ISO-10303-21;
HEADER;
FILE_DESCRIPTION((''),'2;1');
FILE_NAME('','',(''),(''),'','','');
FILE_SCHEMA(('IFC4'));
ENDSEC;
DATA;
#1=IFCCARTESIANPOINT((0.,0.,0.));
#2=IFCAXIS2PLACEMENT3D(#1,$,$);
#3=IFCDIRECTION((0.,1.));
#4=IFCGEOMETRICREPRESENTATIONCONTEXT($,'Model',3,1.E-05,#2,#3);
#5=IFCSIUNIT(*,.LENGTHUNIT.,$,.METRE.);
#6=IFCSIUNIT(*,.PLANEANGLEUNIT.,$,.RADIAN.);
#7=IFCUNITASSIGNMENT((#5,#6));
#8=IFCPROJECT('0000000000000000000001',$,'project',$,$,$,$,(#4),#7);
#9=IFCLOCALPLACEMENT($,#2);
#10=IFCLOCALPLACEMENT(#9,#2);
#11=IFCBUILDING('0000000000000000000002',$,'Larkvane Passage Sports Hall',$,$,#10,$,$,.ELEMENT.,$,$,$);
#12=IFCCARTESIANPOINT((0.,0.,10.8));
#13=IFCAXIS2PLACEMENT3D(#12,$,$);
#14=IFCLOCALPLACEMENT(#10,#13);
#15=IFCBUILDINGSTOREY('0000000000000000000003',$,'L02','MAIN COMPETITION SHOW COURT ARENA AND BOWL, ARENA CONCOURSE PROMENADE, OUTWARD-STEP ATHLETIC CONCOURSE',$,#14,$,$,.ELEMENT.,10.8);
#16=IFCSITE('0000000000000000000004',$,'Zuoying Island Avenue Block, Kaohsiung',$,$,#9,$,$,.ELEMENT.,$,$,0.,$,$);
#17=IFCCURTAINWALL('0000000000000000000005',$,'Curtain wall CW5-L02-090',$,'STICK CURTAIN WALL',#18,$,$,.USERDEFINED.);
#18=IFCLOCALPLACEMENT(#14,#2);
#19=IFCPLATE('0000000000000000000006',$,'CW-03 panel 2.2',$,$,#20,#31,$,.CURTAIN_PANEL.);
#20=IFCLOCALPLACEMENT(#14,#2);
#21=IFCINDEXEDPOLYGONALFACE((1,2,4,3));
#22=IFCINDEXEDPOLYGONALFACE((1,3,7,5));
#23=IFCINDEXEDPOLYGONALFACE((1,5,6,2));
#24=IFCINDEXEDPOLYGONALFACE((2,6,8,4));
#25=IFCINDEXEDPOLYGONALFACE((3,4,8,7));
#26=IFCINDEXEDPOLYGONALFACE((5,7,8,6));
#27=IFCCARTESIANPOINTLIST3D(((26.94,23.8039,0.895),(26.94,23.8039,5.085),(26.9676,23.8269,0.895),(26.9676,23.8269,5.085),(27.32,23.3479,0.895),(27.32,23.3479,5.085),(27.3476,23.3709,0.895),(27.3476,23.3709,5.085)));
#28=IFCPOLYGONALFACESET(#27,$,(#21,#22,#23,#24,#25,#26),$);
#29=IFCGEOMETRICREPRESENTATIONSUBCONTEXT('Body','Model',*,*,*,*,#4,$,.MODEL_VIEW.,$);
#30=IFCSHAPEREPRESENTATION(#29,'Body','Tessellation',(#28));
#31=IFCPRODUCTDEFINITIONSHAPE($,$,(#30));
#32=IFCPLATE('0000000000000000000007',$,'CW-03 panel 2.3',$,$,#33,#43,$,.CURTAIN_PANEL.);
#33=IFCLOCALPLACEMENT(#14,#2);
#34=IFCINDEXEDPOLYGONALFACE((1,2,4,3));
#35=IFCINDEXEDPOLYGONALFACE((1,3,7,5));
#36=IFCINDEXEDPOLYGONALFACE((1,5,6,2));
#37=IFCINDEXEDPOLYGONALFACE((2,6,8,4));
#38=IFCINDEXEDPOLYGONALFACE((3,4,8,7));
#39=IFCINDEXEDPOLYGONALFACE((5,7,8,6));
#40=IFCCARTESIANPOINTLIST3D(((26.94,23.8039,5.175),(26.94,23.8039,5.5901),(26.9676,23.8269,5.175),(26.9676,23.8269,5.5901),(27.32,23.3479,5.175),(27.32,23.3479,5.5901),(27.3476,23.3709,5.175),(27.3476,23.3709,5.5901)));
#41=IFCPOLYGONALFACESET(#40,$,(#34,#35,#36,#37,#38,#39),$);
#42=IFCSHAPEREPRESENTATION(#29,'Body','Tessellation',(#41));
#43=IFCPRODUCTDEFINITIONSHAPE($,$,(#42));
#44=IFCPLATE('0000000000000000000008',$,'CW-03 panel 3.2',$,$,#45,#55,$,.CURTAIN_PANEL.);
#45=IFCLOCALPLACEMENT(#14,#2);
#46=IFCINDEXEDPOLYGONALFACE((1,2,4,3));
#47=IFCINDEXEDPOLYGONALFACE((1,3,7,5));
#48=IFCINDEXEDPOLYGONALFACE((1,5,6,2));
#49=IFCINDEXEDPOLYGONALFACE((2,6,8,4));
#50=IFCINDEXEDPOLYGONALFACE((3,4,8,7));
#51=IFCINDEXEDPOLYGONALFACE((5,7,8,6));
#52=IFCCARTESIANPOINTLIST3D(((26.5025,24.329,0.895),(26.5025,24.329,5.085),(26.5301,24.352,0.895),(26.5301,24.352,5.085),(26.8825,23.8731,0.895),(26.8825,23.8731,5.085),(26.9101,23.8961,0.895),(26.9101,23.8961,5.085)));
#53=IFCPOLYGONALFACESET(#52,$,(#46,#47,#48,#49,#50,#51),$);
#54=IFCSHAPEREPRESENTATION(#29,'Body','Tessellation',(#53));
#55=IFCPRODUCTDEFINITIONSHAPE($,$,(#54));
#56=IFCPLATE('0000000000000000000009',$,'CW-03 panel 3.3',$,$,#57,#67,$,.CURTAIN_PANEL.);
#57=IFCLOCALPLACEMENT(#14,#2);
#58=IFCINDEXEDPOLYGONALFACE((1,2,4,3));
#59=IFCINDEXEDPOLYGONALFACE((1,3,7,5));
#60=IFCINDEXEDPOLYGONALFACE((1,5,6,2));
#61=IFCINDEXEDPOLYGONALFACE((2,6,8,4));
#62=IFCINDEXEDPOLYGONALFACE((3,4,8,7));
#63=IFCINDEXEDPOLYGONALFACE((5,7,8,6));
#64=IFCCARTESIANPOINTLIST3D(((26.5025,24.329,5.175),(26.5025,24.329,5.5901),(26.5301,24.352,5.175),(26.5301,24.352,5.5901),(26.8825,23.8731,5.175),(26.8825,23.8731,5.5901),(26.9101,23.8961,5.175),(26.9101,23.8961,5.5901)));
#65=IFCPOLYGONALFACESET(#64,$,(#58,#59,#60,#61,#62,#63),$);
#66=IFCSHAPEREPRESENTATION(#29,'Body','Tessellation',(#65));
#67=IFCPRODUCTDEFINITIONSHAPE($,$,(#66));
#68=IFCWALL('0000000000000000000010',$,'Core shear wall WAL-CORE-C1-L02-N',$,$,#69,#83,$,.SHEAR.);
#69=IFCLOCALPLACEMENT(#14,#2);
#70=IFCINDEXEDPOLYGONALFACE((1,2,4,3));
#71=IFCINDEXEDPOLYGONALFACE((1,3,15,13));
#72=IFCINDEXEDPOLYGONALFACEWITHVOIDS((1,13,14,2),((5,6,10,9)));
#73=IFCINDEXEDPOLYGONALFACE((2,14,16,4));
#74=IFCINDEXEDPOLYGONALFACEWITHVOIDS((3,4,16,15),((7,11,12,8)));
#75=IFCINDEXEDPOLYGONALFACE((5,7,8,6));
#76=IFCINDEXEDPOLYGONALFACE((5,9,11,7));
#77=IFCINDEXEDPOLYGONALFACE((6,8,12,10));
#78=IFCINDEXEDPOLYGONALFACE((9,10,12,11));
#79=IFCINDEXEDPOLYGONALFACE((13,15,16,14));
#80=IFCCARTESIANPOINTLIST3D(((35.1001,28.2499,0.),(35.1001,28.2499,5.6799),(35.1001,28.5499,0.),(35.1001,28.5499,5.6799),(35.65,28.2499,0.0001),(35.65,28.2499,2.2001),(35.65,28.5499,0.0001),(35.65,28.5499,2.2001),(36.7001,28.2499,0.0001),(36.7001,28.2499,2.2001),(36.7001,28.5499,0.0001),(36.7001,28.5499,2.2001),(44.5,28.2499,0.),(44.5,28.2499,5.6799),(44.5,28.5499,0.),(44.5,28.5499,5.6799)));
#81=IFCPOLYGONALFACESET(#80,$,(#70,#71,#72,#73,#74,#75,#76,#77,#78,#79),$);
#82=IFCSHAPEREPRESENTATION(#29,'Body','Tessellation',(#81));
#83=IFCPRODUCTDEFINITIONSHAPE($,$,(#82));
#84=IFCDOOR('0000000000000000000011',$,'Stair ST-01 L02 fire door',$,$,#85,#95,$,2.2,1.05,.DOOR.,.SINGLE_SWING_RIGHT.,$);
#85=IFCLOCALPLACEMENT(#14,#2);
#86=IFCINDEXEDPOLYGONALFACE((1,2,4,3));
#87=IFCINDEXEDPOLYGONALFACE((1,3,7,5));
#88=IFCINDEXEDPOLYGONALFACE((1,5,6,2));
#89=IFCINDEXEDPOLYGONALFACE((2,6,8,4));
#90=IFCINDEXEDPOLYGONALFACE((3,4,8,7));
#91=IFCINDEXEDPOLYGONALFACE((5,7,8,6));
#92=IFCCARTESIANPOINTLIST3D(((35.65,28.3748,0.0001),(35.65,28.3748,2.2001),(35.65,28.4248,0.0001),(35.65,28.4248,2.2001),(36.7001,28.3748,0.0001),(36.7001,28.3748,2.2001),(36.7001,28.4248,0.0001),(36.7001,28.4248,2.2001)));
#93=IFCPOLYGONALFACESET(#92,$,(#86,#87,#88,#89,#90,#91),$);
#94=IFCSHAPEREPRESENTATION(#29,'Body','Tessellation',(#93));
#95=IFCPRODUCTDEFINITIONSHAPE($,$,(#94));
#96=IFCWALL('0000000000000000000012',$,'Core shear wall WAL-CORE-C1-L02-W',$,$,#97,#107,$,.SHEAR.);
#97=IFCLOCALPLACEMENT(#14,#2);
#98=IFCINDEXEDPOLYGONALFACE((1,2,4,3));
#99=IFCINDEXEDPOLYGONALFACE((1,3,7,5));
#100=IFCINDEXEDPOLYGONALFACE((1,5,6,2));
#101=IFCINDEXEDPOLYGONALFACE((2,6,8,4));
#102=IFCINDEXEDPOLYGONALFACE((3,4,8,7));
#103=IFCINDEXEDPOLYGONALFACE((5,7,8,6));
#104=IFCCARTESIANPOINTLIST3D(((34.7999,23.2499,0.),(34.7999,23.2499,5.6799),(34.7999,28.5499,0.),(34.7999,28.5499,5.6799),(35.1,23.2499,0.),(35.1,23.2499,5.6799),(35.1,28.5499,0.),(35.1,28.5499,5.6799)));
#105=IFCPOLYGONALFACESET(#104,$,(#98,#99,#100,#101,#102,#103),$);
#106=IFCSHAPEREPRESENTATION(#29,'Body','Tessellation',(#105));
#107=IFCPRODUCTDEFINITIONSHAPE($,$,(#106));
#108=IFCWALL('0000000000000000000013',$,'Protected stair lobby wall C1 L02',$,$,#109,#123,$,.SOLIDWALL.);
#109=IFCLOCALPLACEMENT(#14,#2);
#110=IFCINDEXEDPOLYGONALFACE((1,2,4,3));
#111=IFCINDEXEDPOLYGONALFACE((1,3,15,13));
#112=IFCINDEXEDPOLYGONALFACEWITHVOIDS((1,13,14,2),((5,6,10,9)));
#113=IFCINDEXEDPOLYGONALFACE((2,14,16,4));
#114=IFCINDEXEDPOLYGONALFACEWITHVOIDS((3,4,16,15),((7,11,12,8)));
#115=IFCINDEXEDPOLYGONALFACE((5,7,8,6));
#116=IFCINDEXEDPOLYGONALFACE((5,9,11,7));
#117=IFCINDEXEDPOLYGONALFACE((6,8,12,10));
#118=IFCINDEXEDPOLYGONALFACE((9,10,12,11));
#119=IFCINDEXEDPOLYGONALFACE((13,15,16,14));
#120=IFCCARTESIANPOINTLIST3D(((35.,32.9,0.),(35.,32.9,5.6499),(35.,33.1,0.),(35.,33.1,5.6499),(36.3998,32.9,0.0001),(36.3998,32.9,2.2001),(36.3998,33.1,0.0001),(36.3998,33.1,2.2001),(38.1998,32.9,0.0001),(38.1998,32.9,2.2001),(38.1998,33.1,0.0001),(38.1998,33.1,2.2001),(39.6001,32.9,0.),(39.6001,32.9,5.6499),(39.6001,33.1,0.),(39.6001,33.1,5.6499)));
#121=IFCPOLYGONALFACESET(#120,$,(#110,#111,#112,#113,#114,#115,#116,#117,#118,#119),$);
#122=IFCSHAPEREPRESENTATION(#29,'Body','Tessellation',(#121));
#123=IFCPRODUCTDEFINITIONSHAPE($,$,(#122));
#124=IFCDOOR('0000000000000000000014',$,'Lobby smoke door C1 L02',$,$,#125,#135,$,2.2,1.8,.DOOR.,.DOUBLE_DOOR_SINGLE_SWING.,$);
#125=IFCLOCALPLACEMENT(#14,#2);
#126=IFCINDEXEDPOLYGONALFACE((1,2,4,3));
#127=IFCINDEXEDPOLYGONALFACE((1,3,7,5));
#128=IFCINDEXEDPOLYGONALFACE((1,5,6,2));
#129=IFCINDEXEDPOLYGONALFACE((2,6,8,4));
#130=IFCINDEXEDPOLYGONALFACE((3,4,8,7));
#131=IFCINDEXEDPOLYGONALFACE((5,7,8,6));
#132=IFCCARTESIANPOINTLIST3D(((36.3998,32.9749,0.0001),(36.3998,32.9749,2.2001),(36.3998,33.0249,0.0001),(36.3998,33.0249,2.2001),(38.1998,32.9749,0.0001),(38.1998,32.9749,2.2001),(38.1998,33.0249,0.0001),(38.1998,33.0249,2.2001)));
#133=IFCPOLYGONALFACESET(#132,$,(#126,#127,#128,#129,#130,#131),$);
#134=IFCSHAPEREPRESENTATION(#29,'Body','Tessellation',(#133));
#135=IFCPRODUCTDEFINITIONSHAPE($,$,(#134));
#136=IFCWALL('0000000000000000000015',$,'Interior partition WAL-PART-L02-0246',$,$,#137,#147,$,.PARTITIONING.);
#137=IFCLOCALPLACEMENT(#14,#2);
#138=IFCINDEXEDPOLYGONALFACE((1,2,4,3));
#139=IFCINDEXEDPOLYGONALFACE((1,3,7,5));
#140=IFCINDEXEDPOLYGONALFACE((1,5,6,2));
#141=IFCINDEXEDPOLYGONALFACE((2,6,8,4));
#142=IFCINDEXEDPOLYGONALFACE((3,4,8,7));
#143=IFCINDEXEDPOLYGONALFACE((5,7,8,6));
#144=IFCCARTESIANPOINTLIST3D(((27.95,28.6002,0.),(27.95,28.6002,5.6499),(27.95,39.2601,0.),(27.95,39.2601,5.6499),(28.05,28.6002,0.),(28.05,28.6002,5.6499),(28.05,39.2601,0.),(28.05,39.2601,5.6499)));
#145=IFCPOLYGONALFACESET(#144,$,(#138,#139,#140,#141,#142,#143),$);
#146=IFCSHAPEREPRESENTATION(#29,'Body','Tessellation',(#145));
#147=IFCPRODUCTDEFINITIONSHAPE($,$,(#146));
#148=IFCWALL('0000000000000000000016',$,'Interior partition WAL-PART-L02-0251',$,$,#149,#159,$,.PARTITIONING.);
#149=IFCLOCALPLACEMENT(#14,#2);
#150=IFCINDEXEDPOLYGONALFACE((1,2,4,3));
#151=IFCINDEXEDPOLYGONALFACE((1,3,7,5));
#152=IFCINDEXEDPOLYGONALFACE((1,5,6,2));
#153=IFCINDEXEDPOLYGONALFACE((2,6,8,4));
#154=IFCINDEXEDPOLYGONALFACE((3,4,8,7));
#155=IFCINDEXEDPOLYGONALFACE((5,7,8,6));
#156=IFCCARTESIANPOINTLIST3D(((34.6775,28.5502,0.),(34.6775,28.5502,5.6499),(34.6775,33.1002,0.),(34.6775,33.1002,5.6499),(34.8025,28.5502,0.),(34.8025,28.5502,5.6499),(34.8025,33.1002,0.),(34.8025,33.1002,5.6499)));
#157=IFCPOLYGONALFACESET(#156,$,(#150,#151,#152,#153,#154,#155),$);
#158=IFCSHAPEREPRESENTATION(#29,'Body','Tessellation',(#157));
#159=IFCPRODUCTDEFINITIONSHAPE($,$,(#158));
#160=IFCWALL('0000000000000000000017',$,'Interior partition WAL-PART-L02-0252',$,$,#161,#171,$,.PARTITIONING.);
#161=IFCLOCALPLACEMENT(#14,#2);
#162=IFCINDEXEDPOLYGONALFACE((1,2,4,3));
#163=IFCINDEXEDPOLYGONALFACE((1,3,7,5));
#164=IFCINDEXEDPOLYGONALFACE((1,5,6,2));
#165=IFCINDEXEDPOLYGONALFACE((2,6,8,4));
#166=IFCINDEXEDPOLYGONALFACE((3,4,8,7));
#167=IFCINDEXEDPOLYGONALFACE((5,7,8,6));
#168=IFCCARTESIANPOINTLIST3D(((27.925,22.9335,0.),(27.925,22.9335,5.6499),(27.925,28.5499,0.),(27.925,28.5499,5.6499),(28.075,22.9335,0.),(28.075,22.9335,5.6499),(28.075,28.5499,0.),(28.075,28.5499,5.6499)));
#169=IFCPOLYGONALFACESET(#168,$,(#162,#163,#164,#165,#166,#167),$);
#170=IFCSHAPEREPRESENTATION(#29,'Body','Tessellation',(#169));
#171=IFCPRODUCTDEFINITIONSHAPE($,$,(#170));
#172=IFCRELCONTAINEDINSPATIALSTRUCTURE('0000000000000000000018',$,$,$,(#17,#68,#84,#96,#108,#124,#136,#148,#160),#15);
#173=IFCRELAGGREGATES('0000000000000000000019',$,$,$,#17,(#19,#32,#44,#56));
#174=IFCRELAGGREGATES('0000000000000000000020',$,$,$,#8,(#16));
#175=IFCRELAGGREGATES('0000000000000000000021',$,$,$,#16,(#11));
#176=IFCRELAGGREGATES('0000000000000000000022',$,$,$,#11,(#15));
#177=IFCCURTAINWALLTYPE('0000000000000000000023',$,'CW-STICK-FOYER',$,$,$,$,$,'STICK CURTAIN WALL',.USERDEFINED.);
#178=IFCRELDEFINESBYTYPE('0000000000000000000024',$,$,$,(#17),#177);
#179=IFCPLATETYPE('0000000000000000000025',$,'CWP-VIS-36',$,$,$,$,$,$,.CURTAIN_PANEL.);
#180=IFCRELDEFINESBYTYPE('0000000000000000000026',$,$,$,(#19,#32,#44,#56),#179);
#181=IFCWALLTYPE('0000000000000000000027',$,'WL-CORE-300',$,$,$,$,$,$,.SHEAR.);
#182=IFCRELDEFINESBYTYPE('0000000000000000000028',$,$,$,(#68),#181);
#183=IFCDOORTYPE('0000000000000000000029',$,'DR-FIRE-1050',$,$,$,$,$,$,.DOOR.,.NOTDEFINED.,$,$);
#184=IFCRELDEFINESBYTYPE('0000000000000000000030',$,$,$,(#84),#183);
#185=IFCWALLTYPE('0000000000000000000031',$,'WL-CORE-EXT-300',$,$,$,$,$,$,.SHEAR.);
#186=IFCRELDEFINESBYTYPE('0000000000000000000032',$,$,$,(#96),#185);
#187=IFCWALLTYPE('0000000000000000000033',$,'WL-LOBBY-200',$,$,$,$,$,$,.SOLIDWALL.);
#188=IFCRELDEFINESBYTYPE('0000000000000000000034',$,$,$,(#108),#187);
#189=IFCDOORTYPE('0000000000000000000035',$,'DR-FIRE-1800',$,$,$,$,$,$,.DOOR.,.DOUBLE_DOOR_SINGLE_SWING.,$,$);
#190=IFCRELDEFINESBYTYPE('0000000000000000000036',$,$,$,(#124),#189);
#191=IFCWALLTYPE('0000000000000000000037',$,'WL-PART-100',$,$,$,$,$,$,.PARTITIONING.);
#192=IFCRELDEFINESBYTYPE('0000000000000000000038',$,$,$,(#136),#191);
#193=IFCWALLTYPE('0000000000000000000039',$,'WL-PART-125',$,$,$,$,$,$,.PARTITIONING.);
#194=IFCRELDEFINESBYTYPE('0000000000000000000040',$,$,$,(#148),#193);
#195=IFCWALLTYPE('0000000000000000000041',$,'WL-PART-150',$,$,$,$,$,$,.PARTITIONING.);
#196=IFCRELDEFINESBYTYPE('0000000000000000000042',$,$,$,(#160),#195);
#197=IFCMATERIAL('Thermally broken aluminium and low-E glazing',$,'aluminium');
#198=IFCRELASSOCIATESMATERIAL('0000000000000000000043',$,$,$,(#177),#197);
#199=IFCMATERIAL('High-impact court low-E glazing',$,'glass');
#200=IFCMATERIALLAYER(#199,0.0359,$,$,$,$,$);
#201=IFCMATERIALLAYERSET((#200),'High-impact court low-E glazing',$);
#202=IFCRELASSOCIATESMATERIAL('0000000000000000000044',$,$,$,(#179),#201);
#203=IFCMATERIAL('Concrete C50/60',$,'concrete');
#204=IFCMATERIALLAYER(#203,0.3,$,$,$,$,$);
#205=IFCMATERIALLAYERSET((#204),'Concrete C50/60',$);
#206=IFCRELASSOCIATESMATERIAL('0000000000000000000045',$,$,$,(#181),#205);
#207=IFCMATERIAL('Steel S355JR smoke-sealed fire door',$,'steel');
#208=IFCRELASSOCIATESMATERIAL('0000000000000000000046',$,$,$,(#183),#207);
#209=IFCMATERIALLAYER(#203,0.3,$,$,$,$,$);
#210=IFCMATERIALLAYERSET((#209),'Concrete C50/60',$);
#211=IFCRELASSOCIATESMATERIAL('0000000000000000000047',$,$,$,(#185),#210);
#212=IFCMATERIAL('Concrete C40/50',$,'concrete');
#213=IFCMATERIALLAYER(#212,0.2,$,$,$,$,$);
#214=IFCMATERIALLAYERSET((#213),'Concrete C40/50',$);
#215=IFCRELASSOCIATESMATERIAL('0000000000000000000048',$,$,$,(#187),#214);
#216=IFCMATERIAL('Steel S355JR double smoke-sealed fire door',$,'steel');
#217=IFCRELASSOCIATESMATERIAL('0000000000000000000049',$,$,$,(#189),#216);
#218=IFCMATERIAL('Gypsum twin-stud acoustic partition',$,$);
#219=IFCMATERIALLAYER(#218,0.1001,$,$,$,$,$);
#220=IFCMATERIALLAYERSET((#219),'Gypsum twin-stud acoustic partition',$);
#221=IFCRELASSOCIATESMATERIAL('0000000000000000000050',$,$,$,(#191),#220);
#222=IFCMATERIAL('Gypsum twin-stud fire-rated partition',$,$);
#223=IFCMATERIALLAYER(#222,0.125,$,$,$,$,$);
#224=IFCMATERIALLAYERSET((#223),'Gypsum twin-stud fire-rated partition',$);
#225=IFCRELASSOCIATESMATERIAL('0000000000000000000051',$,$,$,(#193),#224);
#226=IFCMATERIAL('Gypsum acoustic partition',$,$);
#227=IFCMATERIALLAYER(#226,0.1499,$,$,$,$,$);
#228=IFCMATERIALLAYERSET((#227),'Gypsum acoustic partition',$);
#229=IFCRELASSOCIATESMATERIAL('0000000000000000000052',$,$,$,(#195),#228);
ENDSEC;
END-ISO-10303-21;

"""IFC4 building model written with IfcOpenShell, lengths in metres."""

from ifc_helpers import new_model, si_unit, direction, frame, frame_2d, origin, origin_2d, place, context, subcontext, project, spatial, rectangle, extrude, material, layer, layer_set, type_object, element, fill, aggregate, save


model = new_model("IFC4")

# Units and contexts
model_context = context("Model", 3, precision=1e-05, world=origin(), true_north=direction((0.0, 1.0)))
body_context = subcontext(model_context, "Body", "Model", "MODEL_VIEW")
ifc_project = project(units=[si_unit("LENGTHUNIT", "METRE"), si_unit("PLANEANGLEUNIT", "RADIAN")], contexts=[model_context])

# Site, building, storey
site_placement = place(None, origin())
site = spatial("IfcSite", under=ifc_project, at=site_placement, Name="Zuoying Island Avenue Block, Kaohsiung", CompositionType="ELEMENT", RefElevation=0.0)
building_placement = place(site_placement, origin())
building = spatial("IfcBuilding", under=site, at=building_placement, Name="Larkvane Passage Sports Hall", CompositionType="ELEMENT")
storey_placement = place(building_placement, frame((0.0, 0.0, 10.8)))
storey = spatial("IfcBuildingStorey", under=building, at=storey_placement, Name="L02", Description="MAIN COMPETITION SHOW COURT ARENA AND BOWL, ARENA CONCOURSE PROMENADE, OUTWARD-STEP ATHLETIC CONCOURSE", CompositionType="ELEMENT", Elevation=10.8)

# Curtain wall, plates
ifc_material_1 = material(Name="Thermally broken aluminium and low-E glazing", Category="aluminium")
curtain_wall_type = type_object("IfcCurtainWallType", Name="CW-STICK-FOYER", ElementType="STICK CURTAIN WALL", PredefinedType="USERDEFINED", material=ifc_material_1)
curtain_wall_placement = place(storey_placement, origin())
curtain_wall = element("IfcCurtainWall", 1, at=curtain_wall_placement, inside=storey, type_object=curtain_wall_type, Name="Curtain wall CW5-L02-090", ObjectType="STICK CURTAIN WALL", PredefinedType="USERDEFINED")
ifc_material_2 = material(Name="High-impact court low-E glazing", Category="glass")
ifc_layer_1 = layer(ifc_material_2, 0.0359)
ifc_layer_set_1 = layer_set([ifc_layer_1], Name="High-impact court low-E glazing")
plate_type_1 = type_object("IfcPlateType", Name="CWP-VIS-36", PredefinedType="CURTAIN_PANEL", material=ifc_layer_set_1)
plate_1_placement = place(storey_placement, frame((27.1438, 23.5874, 0.895), z_axis=(0.0, 0.0, 1.0), x_axis=(-0.640184, 0.768221, 0.0)))
plate_1 = element("IfcPlate", 2, at=plate_1_placement, type_object=plate_type_1, Name="CW-03 panel 2.2", PredefinedType="CURTAIN_PANEL", context=body_context, shape_type="SweptSolid", body=[
    extrude(rectangle(XDim=0.5935, YDim=0.0359, at=origin_2d()), origin(), (0.0, 0.0, 1.0), 4.1899),
])
plate_2_placement = place(storey_placement, frame((27.1438, 23.5874, 5.175), z_axis=(0.0, 0.0, 1.0), x_axis=(-0.640184, 0.768221, 0.0)))
plate_2 = element("IfcPlate", 3, at=plate_2_placement, type_object=plate_type_1, Name="CW-03 panel 2.3", PredefinedType="CURTAIN_PANEL", context=body_context, shape_type="SweptSolid", body=[
    extrude(rectangle(XDim=0.5935, YDim=0.0359, at=origin_2d()), origin(), (0.0, 0.0, 1.0), 0.415),
])
plate_3_placement = place(storey_placement, frame((26.7063, 24.1125, 0.895), z_axis=(0.0, 0.0, 1.0), x_axis=(-0.640184, 0.768221, 0.0)))
plate_3 = element("IfcPlate", 4, at=plate_3_placement, type_object=plate_type_1, Name="CW-03 panel 3.2", PredefinedType="CURTAIN_PANEL", context=body_context, shape_type="SweptSolid", body=[
    extrude(rectangle(XDim=0.5935, YDim=0.0359, at=origin_2d()), origin(), (0.0, 0.0, 1.0), 4.1899),
])
plate_4_placement = place(storey_placement, frame((26.7063, 24.1125, 5.175), z_axis=(0.0, 0.0, 1.0), x_axis=(-0.640184, 0.768221, 0.0)))
plate_4 = element("IfcPlate", 5, at=plate_4_placement, type_object=plate_type_1, Name="CW-03 panel 3.3", PredefinedType="CURTAIN_PANEL", context=body_context, shape_type="SweptSolid", body=[
    extrude(rectangle(XDim=0.5935, YDim=0.0359, at=origin_2d()), origin(), (0.0, 0.0, 1.0), 0.415),
])
aggregate(curtain_wall, [plate_1, plate_2, plate_3, plate_4])

# Wall, opening, door
ifc_material_3 = material(Name="Concrete C50/60", Category="concrete")
ifc_layer_2 = layer(ifc_material_3, 0.3)
ifc_layer_set_2 = layer_set([ifc_layer_2], Name="Concrete C50/60")
wall_type_1 = type_object("IfcWallType", Name="WL-CORE-300", PredefinedType="SHEAR", material=ifc_layer_set_2)
wall_1_placement = place(storey_placement, frame((35.1001, 28.3999, 0.0), z_axis=(0.0, 0.0, 1.0), x_axis=(1.0, 0.0, 0.0)))
wall_1 = element("IfcWall", 6, at=wall_1_placement, inside=storey, type_object=wall_type_1, Name="Core shear wall WAL-CORE-C1-L02-N", PredefinedType="SHEAR", context=body_context, shape_type="SweptSolid", body=[
    extrude(rectangle(XDim=9.3999, YDim=0.3, at=frame_2d((4.7, 0.0))), origin(), (0.0, 0.0, 1.0), 5.6799),
])
opening_1_placement = place(wall_1_placement, frame((0.55, 0.0, 0.0)))
opening_1 = element("IfcOpeningElement", 7, at=opening_1_placement, cuts=wall_1, PredefinedType="OPENING", context=body_context, shape_type="SweptSolid", body=[
    extrude(rectangle(XDim=1.05, YDim=2.2, at=frame_2d((0.5249, 1.1001))), frame((0.0, 0.1599, 0.0), z_axis=(0.0, -1.0, 0.0), x_axis=(1.0, 0.0, 0.0)), (0.0, 0.0, 1.0), 0.3201),
])
ifc_material_4 = material(Name="Steel S355JR smoke-sealed fire door", Category="steel")
door_type_1 = type_object("IfcDoorType", Name="DR-FIRE-1050", OperationType="NOTDEFINED", PredefinedType="DOOR", material=ifc_material_4)
door_1_placement = place(opening_1_placement, origin())
door_1 = element("IfcDoor", 8, at=door_1_placement, inside=storey, type_object=door_type_1, Name="Stair ST-01 L02 fire door", OperationType="SINGLE_SWING_RIGHT", OverallHeight=2.2, OverallWidth=1.05, PredefinedType="DOOR", context=body_context, shape_type="SweptSolid", body=[
    extrude(rectangle(XDim=1.05, YDim=2.2, at=frame_2d((0.5249, 1.1001))), frame((0.0, 0.0249, 0.0), z_axis=(0.0, -1.0, 0.0), x_axis=(1.0, 0.0, 0.0)), (0.0, 0.0, 1.0), 0.05),
])
fill(opening_1, door_1)

# Wall
ifc_layer_3 = layer(ifc_material_3, 0.3)
ifc_layer_set_3 = layer_set([ifc_layer_3], Name="Concrete C50/60")
wall_type_2 = type_object("IfcWallType", Name="WL-CORE-EXT-300", PredefinedType="SHEAR", material=ifc_layer_set_3)
wall_2_placement = place(storey_placement, frame((34.95, 23.25, 0.0), z_axis=(0.0, 0.0, 1.0), x_axis=(0.0, 1.0, 0.0)))
element("IfcWall", 9, at=wall_2_placement, inside=storey, type_object=wall_type_2, Name="Core shear wall WAL-CORE-C1-L02-W", PredefinedType="SHEAR", context=body_context, shape_type="SweptSolid", body=[
    extrude(rectangle(XDim=5.3, YDim=0.3, at=frame_2d((2.6499, 0.0))), origin(), (0.0, 0.0, 1.0), 5.6799),
])

# Wall, opening, door
ifc_material_5 = material(Name="Concrete C40/50", Category="concrete")
ifc_layer_4 = layer(ifc_material_5, 0.2)
ifc_layer_set_4 = layer_set([ifc_layer_4], Name="Concrete C40/50")
wall_type_3 = type_object("IfcWallType", Name="WL-LOBBY-200", PredefinedType="SOLIDWALL", material=ifc_layer_set_4)
wall_3_placement = place(storey_placement, frame((35.0, 33.0, 0.0), z_axis=(0.0, 0.0, 1.0), x_axis=(1.0, 0.0, 0.0)))
wall_3 = element("IfcWall", 10, at=wall_3_placement, inside=storey, type_object=wall_type_3, Name="Protected stair lobby wall C1 L02", PredefinedType="SOLIDWALL", context=body_context, shape_type="SweptSolid", body=[
    extrude(rectangle(XDim=4.6001, YDim=0.2, at=frame_2d((2.3, 0.0))), origin(), (0.0, 0.0, 1.0), 5.6499),
])
opening_2_placement = place(wall_3_placement, frame((1.3999, 0.0, 0.0)))
opening_2 = element("IfcOpeningElement", 11, at=opening_2_placement, cuts=wall_3, PredefinedType="OPENING", context=body_context, shape_type="SweptSolid", body=[
    extrude(rectangle(XDim=1.8, YDim=2.2, at=frame_2d((0.8999, 1.1001))), frame((0.0, 0.1099, 0.0), z_axis=(0.0, -1.0, 0.0), x_axis=(1.0, 0.0, 0.0)), (0.0, 0.0, 1.0), 0.22),
])
ifc_material_6 = material(Name="Steel S355JR double smoke-sealed fire door", Category="steel")
door_type_2 = type_object("IfcDoorType", Name="DR-FIRE-1800", OperationType="DOUBLE_DOOR_SINGLE_SWING", PredefinedType="DOOR", material=ifc_material_6)
door_2_placement = place(opening_2_placement, origin())
door_2 = element("IfcDoor", 12, at=door_2_placement, inside=storey, type_object=door_type_2, Name="Lobby smoke door C1 L02", OperationType="DOUBLE_DOOR_SINGLE_SWING", OverallHeight=2.2, OverallWidth=1.8, PredefinedType="DOOR", context=body_context, shape_type="SweptSolid", body=[
    extrude(rectangle(XDim=1.8, YDim=2.2, at=frame_2d((0.8999, 1.1001))), frame((0.0, 0.0249, 0.0), z_axis=(0.0, -1.0, 0.0), x_axis=(1.0, 0.0, 0.0)), (0.0, 0.0, 1.0), 0.05),
])
fill(opening_2, door_2)

# Walls
ifc_material_7 = material(Name="Gypsum twin-stud acoustic partition")
ifc_layer_5 = layer(ifc_material_7, 0.1001)
ifc_layer_set_5 = layer_set([ifc_layer_5], Name="Gypsum twin-stud acoustic partition")
wall_type_4 = type_object("IfcWallType", Name="WL-PART-100", PredefinedType="PARTITIONING", material=ifc_layer_set_5)
wall_4_placement = place(storey_placement, frame((28.0, 28.6001, 0.0), z_axis=(0.0, 0.0, 1.0), x_axis=(0.0, 1.0, 0.0)))
element("IfcWall", 13, at=wall_4_placement, inside=storey, type_object=wall_type_4, Name="Interior partition WAL-PART-L02-0246", PredefinedType="PARTITIONING", context=body_context, shape_type="SweptSolid", body=[
    extrude(rectangle(XDim=10.6599, YDim=0.1001, at=frame_2d((5.3301, 0.0))), origin(), (0.0, 0.0, 1.0), 5.6499),
])
ifc_material_8 = material(Name="Gypsum twin-stud fire-rated partition")
ifc_layer_6 = layer(ifc_material_8, 0.125)
ifc_layer_set_6 = layer_set([ifc_layer_6], Name="Gypsum twin-stud fire-rated partition")
wall_type_5 = type_object("IfcWallType", Name="WL-PART-125", PredefinedType="PARTITIONING", material=ifc_layer_set_6)
wall_5_placement = place(storey_placement, frame((34.74, 33.1001, 0.0), z_axis=(0.0, 0.0, 1.0), x_axis=(0.0, -1.0, 0.0)))
element("IfcWall", 14, at=wall_5_placement, inside=storey, type_object=wall_type_5, Name="Interior partition WAL-PART-L02-0251", PredefinedType="PARTITIONING", context=body_context, shape_type="SweptSolid", body=[
    extrude(rectangle(XDim=4.55, YDim=0.125, at=frame_2d((2.2749, 0.0))), origin(), (0.0, 0.0, 1.0), 5.6499),
])
ifc_material_9 = material(Name="Gypsum acoustic partition")
ifc_layer_7 = layer(ifc_material_9, 0.1499)
ifc_layer_set_7 = layer_set([ifc_layer_7], Name="Gypsum acoustic partition")
wall_type_6 = type_object("IfcWallType", Name="WL-PART-150", PredefinedType="PARTITIONING", material=ifc_layer_set_7)
wall_6_placement = place(storey_placement, frame((28.0, 22.9336, 0.0), z_axis=(0.0, 0.0, 1.0), x_axis=(0.0, 1.0, 0.0)))
element("IfcWall", 15, at=wall_6_placement, inside=storey, type_object=wall_type_6, Name="Interior partition WAL-PART-L02-0252", PredefinedType="PARTITIONING", context=body_context, shape_type="SweptSolid", body=[
    extrude(rectangle(XDim=5.6165, YDim=0.1499, at=frame_2d((2.8081, 0.0))), origin(), (0.0, 0.0, 1.0), 5.6499),
])

save(model, "model.ifc")
